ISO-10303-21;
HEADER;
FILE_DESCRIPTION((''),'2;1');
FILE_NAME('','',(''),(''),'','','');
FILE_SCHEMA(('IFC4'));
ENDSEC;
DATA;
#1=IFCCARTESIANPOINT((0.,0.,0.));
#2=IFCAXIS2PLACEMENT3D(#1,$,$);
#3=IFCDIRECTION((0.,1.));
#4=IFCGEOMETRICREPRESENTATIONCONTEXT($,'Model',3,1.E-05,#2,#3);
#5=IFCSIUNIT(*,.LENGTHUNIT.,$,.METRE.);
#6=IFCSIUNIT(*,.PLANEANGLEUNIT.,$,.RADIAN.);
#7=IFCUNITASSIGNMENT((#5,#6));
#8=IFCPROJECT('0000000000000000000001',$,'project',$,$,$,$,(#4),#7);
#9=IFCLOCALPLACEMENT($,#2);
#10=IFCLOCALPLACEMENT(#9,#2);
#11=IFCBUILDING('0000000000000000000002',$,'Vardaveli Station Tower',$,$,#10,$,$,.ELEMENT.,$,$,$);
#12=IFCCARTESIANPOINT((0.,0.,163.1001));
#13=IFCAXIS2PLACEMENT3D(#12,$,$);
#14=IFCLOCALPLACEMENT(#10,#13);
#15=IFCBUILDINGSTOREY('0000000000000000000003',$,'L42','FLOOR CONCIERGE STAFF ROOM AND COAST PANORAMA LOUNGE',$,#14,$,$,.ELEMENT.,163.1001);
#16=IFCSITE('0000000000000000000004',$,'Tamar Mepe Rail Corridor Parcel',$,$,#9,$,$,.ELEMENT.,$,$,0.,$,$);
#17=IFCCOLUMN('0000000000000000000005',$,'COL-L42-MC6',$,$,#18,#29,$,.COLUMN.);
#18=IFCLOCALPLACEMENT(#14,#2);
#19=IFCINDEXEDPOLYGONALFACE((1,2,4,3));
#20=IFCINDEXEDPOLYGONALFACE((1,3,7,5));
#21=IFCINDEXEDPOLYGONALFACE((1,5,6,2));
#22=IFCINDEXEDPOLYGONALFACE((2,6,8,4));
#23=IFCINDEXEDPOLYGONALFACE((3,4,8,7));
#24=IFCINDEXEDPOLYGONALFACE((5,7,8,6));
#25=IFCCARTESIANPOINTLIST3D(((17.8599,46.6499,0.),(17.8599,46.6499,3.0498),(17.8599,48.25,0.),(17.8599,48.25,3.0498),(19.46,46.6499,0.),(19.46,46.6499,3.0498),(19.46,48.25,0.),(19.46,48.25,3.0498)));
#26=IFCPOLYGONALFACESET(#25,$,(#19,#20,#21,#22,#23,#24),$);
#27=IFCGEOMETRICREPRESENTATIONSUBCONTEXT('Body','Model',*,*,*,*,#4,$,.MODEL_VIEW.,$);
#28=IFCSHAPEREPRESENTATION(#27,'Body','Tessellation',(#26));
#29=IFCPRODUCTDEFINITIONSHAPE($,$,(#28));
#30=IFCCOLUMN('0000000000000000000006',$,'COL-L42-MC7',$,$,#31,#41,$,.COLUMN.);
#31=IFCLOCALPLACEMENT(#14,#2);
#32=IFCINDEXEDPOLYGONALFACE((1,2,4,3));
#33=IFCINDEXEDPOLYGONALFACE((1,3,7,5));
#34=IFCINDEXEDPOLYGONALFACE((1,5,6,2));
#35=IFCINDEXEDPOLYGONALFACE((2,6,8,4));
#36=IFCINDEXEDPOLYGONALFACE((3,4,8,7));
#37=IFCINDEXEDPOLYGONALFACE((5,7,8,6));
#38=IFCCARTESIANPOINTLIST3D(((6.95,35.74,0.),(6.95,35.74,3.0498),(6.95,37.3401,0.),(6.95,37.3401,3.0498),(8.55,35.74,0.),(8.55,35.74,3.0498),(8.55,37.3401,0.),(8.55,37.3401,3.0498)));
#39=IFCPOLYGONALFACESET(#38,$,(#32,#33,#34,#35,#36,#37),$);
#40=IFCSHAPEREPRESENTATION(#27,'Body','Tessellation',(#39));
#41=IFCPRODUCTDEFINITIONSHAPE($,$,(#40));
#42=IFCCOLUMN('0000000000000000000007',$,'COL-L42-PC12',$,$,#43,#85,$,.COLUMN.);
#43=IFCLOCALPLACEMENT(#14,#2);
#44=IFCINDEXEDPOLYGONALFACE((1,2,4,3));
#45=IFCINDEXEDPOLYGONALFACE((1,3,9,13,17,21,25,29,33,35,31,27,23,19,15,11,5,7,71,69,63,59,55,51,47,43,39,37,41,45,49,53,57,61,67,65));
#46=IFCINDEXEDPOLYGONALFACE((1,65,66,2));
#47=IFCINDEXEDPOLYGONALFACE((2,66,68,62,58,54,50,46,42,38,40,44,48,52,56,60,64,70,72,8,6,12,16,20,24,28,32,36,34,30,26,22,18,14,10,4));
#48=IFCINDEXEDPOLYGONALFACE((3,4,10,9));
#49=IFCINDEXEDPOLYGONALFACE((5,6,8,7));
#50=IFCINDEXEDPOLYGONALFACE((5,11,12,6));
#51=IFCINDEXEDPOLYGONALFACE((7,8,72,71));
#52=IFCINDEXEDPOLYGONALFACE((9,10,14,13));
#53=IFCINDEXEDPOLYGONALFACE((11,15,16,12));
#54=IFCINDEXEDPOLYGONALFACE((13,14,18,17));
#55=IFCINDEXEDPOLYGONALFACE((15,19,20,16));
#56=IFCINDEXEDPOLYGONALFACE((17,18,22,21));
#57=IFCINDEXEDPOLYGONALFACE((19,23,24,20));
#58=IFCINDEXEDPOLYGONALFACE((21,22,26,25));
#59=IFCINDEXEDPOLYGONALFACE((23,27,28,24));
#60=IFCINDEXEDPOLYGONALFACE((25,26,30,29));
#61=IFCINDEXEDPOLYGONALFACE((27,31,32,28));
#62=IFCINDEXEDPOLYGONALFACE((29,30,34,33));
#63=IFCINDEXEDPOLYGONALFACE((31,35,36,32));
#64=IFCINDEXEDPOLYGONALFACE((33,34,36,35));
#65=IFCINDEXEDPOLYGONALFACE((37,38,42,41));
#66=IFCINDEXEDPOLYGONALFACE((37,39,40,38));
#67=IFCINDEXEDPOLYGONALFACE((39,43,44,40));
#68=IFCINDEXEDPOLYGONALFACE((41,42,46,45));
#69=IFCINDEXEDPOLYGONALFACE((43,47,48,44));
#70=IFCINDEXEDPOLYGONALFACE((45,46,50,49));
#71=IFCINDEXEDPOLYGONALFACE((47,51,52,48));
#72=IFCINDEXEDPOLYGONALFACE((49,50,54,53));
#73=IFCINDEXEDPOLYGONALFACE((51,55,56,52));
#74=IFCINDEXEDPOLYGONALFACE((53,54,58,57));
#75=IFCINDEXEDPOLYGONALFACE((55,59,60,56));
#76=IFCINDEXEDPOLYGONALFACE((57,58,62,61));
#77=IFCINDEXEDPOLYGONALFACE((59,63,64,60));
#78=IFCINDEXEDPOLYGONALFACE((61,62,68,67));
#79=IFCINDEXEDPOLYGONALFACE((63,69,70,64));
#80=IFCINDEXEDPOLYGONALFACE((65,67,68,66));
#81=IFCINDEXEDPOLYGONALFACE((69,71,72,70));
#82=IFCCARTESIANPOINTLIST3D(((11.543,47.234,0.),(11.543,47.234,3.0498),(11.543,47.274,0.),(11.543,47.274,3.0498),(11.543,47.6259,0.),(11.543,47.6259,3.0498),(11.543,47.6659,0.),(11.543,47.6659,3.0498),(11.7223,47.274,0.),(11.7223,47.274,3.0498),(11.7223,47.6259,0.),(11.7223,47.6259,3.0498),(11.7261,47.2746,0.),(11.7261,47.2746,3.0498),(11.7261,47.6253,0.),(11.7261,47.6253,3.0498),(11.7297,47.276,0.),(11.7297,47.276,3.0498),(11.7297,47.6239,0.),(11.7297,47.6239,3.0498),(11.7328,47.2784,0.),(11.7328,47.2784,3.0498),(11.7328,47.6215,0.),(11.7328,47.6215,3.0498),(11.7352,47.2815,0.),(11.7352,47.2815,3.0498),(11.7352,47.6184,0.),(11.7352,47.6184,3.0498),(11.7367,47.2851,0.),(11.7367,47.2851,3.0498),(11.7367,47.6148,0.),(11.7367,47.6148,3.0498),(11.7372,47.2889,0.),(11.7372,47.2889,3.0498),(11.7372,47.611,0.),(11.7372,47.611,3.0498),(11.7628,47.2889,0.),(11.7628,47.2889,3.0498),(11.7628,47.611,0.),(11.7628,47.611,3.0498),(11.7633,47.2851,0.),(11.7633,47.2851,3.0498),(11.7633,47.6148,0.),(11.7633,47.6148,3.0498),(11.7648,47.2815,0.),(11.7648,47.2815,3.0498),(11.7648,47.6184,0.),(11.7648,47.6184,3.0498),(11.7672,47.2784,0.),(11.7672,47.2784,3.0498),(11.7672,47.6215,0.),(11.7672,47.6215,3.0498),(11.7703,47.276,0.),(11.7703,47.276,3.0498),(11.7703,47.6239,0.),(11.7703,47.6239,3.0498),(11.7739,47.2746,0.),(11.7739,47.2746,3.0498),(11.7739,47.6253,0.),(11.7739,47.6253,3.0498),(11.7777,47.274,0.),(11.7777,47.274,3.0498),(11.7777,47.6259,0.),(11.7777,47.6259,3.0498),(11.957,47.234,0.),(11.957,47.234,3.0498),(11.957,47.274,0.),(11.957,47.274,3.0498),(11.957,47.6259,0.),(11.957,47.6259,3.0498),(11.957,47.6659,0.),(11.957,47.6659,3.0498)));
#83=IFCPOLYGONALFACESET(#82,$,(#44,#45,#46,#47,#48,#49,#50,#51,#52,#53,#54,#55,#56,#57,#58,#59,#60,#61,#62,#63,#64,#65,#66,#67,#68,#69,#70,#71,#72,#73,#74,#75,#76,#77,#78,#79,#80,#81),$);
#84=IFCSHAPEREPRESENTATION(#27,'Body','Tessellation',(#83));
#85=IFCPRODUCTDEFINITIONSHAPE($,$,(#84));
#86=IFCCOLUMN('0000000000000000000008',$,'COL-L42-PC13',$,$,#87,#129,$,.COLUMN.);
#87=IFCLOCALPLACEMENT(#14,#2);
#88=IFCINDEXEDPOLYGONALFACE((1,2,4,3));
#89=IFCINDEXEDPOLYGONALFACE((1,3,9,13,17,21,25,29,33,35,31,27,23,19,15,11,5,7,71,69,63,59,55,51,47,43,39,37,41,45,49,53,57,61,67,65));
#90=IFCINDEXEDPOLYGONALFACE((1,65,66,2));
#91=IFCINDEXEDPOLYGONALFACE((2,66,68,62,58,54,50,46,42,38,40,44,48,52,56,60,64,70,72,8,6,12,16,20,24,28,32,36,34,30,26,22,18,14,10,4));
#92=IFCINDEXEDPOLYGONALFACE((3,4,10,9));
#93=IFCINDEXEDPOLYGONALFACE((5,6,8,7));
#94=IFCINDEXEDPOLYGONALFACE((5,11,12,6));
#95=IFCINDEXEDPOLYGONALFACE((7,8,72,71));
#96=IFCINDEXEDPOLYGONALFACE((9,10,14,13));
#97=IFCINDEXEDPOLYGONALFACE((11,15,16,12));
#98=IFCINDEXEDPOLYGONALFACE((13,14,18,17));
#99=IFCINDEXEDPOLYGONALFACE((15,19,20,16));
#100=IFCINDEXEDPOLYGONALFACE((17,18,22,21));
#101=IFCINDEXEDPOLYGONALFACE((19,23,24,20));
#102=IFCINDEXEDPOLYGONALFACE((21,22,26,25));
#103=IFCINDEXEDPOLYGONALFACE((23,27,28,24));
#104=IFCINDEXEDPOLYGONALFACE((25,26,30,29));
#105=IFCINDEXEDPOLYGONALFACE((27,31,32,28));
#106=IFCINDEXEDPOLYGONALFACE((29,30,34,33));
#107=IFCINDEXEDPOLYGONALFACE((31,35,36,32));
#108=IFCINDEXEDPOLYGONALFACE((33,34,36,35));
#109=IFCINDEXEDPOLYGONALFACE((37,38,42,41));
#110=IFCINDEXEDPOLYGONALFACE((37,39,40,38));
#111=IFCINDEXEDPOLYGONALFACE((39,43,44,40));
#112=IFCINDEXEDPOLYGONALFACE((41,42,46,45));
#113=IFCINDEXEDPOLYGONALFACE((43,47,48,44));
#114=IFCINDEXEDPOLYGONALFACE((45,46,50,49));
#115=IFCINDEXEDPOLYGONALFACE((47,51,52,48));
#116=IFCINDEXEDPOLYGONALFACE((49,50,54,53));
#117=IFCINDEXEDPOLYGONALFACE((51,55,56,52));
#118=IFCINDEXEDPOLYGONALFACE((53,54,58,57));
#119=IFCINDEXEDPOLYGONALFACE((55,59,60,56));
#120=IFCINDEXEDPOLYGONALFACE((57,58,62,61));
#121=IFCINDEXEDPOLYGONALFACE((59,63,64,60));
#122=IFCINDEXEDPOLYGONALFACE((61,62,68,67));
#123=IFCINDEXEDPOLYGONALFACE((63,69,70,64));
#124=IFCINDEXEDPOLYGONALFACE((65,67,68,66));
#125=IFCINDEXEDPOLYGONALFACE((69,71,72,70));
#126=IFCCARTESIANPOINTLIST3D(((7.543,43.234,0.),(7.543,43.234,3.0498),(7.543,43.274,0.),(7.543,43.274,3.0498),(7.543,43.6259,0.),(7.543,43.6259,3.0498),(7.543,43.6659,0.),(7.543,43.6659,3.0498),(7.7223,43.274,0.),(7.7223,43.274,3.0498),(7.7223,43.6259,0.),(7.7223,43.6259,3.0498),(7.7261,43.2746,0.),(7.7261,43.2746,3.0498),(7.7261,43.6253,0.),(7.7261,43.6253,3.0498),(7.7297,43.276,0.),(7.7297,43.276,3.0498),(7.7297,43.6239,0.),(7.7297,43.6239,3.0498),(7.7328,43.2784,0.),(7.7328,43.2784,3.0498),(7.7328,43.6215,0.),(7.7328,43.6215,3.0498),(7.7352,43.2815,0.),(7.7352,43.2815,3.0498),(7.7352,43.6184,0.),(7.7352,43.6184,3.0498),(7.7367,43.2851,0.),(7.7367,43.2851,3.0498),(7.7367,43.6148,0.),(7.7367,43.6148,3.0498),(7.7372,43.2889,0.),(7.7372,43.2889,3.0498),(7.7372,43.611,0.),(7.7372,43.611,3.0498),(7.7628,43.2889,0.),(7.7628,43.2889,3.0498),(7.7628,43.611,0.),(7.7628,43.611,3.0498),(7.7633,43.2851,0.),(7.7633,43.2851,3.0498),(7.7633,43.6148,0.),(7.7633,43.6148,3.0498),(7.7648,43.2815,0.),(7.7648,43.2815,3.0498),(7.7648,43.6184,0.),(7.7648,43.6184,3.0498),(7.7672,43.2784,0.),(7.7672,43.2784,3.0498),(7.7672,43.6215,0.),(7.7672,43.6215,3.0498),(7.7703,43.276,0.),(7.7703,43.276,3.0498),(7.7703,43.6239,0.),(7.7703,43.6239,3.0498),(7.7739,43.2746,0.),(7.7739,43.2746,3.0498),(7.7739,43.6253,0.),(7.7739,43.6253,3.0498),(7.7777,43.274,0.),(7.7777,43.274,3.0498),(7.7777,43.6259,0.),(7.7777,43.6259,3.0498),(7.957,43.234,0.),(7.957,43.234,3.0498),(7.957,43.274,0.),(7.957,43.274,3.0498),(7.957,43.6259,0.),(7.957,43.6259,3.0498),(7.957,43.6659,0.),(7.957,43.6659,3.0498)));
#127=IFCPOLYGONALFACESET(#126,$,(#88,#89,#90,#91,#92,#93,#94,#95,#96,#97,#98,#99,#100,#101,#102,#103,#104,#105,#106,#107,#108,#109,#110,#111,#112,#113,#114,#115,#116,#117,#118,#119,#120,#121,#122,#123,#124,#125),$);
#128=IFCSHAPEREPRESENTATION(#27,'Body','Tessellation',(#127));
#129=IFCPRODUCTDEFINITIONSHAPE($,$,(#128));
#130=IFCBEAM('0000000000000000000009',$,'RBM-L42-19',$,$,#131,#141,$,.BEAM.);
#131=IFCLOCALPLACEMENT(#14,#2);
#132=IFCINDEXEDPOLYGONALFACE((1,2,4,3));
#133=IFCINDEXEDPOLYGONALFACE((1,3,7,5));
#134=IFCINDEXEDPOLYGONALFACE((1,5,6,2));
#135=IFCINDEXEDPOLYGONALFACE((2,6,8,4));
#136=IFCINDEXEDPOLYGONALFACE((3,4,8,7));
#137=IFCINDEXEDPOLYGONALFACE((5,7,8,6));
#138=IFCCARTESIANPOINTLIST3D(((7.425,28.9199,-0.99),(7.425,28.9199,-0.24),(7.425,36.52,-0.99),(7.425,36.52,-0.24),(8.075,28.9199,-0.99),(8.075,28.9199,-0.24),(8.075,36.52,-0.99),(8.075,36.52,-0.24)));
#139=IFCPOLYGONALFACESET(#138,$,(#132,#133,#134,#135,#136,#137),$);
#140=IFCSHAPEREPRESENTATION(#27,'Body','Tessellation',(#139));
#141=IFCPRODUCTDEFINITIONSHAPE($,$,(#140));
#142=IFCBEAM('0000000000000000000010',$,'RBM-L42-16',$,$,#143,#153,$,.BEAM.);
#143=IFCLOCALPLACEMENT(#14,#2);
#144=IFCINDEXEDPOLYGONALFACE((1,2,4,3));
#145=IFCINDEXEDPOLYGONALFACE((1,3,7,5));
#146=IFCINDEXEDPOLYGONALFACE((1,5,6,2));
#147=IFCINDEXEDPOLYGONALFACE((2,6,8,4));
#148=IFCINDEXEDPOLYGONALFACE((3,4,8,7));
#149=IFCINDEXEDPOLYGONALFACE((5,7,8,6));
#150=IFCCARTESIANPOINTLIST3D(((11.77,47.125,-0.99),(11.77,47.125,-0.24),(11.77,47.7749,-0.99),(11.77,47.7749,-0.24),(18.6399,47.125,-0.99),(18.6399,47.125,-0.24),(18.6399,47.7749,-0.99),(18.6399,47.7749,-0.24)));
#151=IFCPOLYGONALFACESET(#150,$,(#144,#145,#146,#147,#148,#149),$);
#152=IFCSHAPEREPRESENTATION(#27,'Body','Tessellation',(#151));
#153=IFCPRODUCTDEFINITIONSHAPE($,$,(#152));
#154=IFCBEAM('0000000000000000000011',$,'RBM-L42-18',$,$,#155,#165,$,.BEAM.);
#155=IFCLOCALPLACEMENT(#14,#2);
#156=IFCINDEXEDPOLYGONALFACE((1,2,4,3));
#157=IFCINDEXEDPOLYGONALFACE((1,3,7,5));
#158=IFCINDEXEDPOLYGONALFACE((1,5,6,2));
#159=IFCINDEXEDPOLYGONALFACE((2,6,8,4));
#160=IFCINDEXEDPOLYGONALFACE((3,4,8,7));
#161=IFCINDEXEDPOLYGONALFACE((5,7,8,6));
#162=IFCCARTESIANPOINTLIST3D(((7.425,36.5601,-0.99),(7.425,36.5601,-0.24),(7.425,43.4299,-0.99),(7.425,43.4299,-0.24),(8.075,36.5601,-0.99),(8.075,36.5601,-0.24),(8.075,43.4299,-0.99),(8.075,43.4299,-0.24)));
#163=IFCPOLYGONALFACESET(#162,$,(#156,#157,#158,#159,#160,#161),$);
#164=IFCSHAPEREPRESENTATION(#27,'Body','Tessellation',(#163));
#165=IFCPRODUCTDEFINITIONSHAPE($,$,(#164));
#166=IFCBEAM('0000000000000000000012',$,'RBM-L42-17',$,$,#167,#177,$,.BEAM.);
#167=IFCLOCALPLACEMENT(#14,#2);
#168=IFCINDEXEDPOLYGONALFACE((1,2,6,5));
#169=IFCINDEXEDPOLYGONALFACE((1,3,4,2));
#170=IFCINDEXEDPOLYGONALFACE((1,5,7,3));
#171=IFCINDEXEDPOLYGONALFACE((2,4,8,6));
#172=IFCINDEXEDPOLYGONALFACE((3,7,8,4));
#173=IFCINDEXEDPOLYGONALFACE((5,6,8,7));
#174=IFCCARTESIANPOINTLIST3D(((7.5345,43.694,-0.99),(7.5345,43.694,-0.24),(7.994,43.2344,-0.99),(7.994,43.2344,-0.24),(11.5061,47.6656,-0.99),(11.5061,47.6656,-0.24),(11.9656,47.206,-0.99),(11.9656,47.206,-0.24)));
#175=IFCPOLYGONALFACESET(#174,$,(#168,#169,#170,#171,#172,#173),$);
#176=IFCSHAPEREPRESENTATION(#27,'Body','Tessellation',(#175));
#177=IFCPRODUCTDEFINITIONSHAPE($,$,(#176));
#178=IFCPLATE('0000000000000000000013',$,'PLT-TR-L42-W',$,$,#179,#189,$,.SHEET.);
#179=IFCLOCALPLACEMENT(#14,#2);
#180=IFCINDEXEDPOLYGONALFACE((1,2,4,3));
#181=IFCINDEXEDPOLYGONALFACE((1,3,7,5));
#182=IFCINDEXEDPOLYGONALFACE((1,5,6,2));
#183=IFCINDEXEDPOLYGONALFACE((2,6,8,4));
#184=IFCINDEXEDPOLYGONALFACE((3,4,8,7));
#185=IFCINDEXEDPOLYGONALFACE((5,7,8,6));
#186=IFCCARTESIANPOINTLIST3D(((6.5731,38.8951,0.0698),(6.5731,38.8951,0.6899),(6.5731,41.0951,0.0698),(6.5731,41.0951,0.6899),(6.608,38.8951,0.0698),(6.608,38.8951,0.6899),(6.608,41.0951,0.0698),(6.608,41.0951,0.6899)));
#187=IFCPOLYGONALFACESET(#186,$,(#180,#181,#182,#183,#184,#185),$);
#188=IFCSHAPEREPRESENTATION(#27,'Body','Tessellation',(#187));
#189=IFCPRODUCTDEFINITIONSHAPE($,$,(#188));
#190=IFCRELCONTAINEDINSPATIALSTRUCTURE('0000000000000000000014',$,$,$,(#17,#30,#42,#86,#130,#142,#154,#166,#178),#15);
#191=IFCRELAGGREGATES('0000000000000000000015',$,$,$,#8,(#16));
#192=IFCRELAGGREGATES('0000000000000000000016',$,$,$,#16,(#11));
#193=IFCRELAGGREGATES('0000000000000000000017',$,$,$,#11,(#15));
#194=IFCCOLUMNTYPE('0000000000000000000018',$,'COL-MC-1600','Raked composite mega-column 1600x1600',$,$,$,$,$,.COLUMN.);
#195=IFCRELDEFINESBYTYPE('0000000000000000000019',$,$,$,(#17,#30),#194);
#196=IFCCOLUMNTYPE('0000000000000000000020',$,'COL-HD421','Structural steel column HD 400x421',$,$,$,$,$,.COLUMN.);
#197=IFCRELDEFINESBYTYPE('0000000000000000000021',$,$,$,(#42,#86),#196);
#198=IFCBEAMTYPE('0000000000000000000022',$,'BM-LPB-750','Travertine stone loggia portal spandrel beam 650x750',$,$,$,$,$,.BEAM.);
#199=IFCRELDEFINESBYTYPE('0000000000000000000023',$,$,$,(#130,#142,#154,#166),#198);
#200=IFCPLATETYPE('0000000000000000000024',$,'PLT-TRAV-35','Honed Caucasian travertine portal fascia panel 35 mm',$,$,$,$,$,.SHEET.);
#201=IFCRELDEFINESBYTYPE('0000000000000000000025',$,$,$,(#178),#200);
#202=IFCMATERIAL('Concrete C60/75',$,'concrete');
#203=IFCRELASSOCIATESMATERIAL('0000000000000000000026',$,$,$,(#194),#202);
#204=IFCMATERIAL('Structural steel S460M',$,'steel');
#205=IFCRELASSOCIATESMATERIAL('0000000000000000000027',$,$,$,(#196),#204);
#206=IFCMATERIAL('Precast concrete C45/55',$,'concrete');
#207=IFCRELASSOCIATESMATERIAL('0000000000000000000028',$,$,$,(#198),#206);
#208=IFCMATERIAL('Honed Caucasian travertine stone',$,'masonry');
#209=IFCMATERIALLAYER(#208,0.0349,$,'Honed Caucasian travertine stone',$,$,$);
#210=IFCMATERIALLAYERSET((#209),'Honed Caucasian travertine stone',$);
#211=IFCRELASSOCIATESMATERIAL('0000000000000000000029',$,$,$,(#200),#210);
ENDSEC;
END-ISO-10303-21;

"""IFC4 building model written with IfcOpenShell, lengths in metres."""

from ifc_helpers import new_model, si_unit, direction, frame, origin, origin_2d, place, context, subcontext, project, spatial, rectangle, i_section, extrude, source, transform, mapped, material, layer, layer_set, material_profile, profile_set, type_object, element, save


model = new_model("IFC4")

# Units and contexts
model_context = context("Model", 3, precision=1e-05, world=origin(), true_north=direction((0.0, 1.0)))
body_context = subcontext(model_context, "Body", "Model", "MODEL_VIEW")
ifc_project = project(units=[si_unit("LENGTHUNIT", "METRE"), si_unit("PLANEANGLEUNIT", "RADIAN")], contexts=[model_context])

# Site, building, storey
site_placement = place(None, origin())
site = spatial("IfcSite", under=ifc_project, at=site_placement, Name="Tamar Mepe Rail Corridor Parcel", CompositionType="ELEMENT", RefElevation=0.0)
building_placement = place(site_placement, origin())
building = spatial("IfcBuilding", under=site, at=building_placement, Name="Vardaveli Station Tower", CompositionType="ELEMENT")
storey_placement = place(building_placement, frame((0.0, 0.0, 163.1001)))
storey = spatial("IfcBuildingStorey", under=building, at=storey_placement, Name="L42", Description="FLOOR CONCIERGE STAFF ROOM AND COAST PANORAMA LOUNGE", CompositionType="ELEMENT", Elevation=163.1001)

# Columns
ifc_material_1 = material(Name="Concrete C60/75", Category="concrete")
ifc_material_profile_1 = material_profile(ifc_material_1, rectangle(XDim=1.6001, YDim=1.6001, at=origin_2d()), Name="MC 1600x1600")
ifc_profile_set_1 = profile_set([ifc_material_profile_1], Name="Concrete C60/75")
column_type_1 = type_object("IfcColumnType", Name="COL-MC-1600", Description="Raked composite mega-column 1600x1600", PredefinedType="COLUMN", material=ifc_profile_set_1)
shared_shape_1 = source(origin(), body_context, "Body", "SweptSolid", [
    extrude(rectangle(XDim=1.6001, YDim=1.6001, at=origin_2d()), origin(), (0.0, 0.0, 1.0), 3.0498),
])
for number, where, z_axis, x_axis, name in (
    (1, (18.6599, 47.45, 0.0), (0.0, 0.0, 1.0), (1.0, 0.0, 0.0), "COL-L42-MC6"),
    (2, (7.75, 36.54, 0.0), (0.0, 0.0, 1.0), (1.0, 0.0, 0.0), "COL-L42-MC7"),
):
    element("IfcColumn", number, at=place(storey_placement, frame(where, z_axis=z_axis, x_axis=x_axis)), inside=storey, type_object=column_type_1, Name=name, PredefinedType="COLUMN", context=body_context, shape_type="MappedRepresentation", body=[
        mapped(shared_shape_1, transform((0.0, 0.0, 0.0), scale=1.0)),
    ])
ifc_material_2 = material(Name="Structural steel S460M", Category="steel")
ifc_material_profile_2 = material_profile(ifc_material_2, i_section(OverallWidth=0.4141, OverallDepth=0.4319, WebThickness=0.0256, FlangeThickness=0.04, FilletRadius=0.0149, at=origin_2d()), Name="HD 400x421")
ifc_profile_set_2 = profile_set([ifc_material_profile_2], Name="Structural steel S460M")
column_type_2 = type_object("IfcColumnType", Name="COL-HD421", Description="Structural steel column HD 400x421", PredefinedType="COLUMN", material=ifc_profile_set_2)
shared_shape_2 = source(origin(), body_context, "Body", "SweptSolid", [
    extrude(i_section(OverallWidth=0.4141, OverallDepth=0.4319, WebThickness=0.0256, FlangeThickness=0.04, FilletRadius=0.0149, at=origin_2d()), origin(), (0.0, 0.0, 1.0), 3.0498),
])
for number, where, z_axis, x_axis, name in (
    (3, (11.75, 47.45, 0.0), (0.0, 0.0, 1.0), (1.0, 0.0, 0.0), "COL-L42-PC12"),
    (4, (7.75, 43.45, 0.0), (0.0, 0.0, 1.0), (1.0, 0.0, 0.0), "COL-L42-PC13"),
):
    element("IfcColumn", number, at=place(storey_placement, frame(where, z_axis=z_axis, x_axis=x_axis)), inside=storey, type_object=column_type_2, Name=name, PredefinedType="COLUMN", context=body_context, shape_type="MappedRepresentation", body=[
        mapped(shared_shape_2, transform((0.0, 0.0, 0.0), scale=1.0)),
    ])

# Beams
ifc_material_3 = material(Name="Precast concrete C45/55", Category="concrete")
ifc_material_profile_3 = material_profile(ifc_material_3, rectangle(XDim=0.6499, YDim=0.75, at=origin_2d()), Name="LPB 650x750")
ifc_profile_set_3 = profile_set([ifc_material_profile_3], Name="Precast concrete C45/55")
beam_type = type_object("IfcBeamType", Name="BM-LPB-750", Description="Travertine stone loggia portal spandrel beam 650x750", PredefinedType="BEAM", material=ifc_profile_set_3)
shared_shape_3 = source(origin(), body_context, "Body", "SweptSolid", [
    extrude(rectangle(XDim=0.6499, YDim=0.75, at=origin_2d()), origin(), (0.0, 0.0, 1.0), 7.6001),
])
beam_1_placement = place(storey_placement, frame((7.75, 36.52, -0.615), z_axis=(0.0, -1.0, 0.0), x_axis=(1.0, 0.0, 0.0)))
element("IfcBeam", 5, at=beam_1_placement, inside=storey, type_object=beam_type, Name="RBM-L42-19", PredefinedType="BEAM", context=body_context, shape_type="MappedRepresentation", body=[
    mapped(shared_shape_3, transform((0.0, 0.0, 0.0), scale=1.0)),
])
shared_shape_4 = source(origin(), body_context, "Body", "SweptSolid", [
    extrude(rectangle(XDim=0.6499, YDim=0.75, at=origin_2d()), origin(), (0.0, 0.0, 1.0), 6.8699),
])
for number, where, z_axis, x_axis, name in (
    (6, (18.6399, 47.45, -0.615), (-1.0, 0.0, 0.0), (0.0, -1.0, 0.0), "RBM-L42-16"),
    (7, (7.75, 43.4299, -0.615), (0.0, -1.0, 0.0), (1.0, 0.0, 0.0), "RBM-L42-18"),
):
    element("IfcBeam", number, at=place(storey_placement, frame(where, z_axis=z_axis, x_axis=x_axis)), inside=storey, type_object=beam_type, Name=name, PredefinedType="BEAM", context=body_context, shape_type="MappedRepresentation", body=[
        mapped(shared_shape_4, transform((0.0, 0.0, 0.0), scale=1.0)),
    ])
shared_shape_5 = source(origin(), body_context, "Body", "SweptSolid", [
    extrude(rectangle(XDim=0.6499, YDim=0.75, at=origin_2d()), origin(), (0.0, 0.0, 1.0), 5.6167),
])
beam_2_placement = place(storey_placement, frame((11.7358, 47.4358, -0.615), z_axis=(-0.707107, -0.707107, 0.0), x_axis=(0.707107, -0.707107, 0.0)))
element("IfcBeam", 8, at=beam_2_placement, inside=storey, type_object=beam_type, Name="RBM-L42-17", PredefinedType="BEAM", context=body_context, shape_type="MappedRepresentation", body=[
    mapped(shared_shape_5, transform((0.0, 0.0, 0.0), scale=1.0)),
])

# Plate
ifc_material_4 = material(Name="Honed Caucasian travertine stone", Category="masonry")
ifc_layer_1 = layer(ifc_material_4, 0.0349, Name="Honed Caucasian travertine stone")
ifc_layer_set_1 = layer_set([ifc_layer_1], Name="Honed Caucasian travertine stone")
plate_type = type_object("IfcPlateType", Name="PLT-TRAV-35", Description="Honed Caucasian travertine portal fascia panel 35 mm", PredefinedType="SHEET", material=ifc_layer_set_1)
shared_shape_6 = source(origin(), body_context, "Body", "SweptSolid", [
    extrude(rectangle(XDim=2.2, YDim=0.0349, at=origin_2d()), origin(), (0.0, 0.0, 1.0), 0.6201),
])
plate_placement = place(storey_placement, frame((6.5906, 39.9951, 0.0698), z_axis=(0.0, 0.0, 1.0), x_axis=(0.0, 1.0, 0.0)))
element("IfcPlate", 9, at=plate_placement, inside=storey, type_object=plate_type, Name="PLT-TR-L42-W", PredefinedType="SHEET", context=body_context, shape_type="MappedRepresentation", body=[
    mapped(shared_shape_6, transform((0.0, 0.0, 0.0), scale=1.0)),
])

save(model, "model.ifc")
